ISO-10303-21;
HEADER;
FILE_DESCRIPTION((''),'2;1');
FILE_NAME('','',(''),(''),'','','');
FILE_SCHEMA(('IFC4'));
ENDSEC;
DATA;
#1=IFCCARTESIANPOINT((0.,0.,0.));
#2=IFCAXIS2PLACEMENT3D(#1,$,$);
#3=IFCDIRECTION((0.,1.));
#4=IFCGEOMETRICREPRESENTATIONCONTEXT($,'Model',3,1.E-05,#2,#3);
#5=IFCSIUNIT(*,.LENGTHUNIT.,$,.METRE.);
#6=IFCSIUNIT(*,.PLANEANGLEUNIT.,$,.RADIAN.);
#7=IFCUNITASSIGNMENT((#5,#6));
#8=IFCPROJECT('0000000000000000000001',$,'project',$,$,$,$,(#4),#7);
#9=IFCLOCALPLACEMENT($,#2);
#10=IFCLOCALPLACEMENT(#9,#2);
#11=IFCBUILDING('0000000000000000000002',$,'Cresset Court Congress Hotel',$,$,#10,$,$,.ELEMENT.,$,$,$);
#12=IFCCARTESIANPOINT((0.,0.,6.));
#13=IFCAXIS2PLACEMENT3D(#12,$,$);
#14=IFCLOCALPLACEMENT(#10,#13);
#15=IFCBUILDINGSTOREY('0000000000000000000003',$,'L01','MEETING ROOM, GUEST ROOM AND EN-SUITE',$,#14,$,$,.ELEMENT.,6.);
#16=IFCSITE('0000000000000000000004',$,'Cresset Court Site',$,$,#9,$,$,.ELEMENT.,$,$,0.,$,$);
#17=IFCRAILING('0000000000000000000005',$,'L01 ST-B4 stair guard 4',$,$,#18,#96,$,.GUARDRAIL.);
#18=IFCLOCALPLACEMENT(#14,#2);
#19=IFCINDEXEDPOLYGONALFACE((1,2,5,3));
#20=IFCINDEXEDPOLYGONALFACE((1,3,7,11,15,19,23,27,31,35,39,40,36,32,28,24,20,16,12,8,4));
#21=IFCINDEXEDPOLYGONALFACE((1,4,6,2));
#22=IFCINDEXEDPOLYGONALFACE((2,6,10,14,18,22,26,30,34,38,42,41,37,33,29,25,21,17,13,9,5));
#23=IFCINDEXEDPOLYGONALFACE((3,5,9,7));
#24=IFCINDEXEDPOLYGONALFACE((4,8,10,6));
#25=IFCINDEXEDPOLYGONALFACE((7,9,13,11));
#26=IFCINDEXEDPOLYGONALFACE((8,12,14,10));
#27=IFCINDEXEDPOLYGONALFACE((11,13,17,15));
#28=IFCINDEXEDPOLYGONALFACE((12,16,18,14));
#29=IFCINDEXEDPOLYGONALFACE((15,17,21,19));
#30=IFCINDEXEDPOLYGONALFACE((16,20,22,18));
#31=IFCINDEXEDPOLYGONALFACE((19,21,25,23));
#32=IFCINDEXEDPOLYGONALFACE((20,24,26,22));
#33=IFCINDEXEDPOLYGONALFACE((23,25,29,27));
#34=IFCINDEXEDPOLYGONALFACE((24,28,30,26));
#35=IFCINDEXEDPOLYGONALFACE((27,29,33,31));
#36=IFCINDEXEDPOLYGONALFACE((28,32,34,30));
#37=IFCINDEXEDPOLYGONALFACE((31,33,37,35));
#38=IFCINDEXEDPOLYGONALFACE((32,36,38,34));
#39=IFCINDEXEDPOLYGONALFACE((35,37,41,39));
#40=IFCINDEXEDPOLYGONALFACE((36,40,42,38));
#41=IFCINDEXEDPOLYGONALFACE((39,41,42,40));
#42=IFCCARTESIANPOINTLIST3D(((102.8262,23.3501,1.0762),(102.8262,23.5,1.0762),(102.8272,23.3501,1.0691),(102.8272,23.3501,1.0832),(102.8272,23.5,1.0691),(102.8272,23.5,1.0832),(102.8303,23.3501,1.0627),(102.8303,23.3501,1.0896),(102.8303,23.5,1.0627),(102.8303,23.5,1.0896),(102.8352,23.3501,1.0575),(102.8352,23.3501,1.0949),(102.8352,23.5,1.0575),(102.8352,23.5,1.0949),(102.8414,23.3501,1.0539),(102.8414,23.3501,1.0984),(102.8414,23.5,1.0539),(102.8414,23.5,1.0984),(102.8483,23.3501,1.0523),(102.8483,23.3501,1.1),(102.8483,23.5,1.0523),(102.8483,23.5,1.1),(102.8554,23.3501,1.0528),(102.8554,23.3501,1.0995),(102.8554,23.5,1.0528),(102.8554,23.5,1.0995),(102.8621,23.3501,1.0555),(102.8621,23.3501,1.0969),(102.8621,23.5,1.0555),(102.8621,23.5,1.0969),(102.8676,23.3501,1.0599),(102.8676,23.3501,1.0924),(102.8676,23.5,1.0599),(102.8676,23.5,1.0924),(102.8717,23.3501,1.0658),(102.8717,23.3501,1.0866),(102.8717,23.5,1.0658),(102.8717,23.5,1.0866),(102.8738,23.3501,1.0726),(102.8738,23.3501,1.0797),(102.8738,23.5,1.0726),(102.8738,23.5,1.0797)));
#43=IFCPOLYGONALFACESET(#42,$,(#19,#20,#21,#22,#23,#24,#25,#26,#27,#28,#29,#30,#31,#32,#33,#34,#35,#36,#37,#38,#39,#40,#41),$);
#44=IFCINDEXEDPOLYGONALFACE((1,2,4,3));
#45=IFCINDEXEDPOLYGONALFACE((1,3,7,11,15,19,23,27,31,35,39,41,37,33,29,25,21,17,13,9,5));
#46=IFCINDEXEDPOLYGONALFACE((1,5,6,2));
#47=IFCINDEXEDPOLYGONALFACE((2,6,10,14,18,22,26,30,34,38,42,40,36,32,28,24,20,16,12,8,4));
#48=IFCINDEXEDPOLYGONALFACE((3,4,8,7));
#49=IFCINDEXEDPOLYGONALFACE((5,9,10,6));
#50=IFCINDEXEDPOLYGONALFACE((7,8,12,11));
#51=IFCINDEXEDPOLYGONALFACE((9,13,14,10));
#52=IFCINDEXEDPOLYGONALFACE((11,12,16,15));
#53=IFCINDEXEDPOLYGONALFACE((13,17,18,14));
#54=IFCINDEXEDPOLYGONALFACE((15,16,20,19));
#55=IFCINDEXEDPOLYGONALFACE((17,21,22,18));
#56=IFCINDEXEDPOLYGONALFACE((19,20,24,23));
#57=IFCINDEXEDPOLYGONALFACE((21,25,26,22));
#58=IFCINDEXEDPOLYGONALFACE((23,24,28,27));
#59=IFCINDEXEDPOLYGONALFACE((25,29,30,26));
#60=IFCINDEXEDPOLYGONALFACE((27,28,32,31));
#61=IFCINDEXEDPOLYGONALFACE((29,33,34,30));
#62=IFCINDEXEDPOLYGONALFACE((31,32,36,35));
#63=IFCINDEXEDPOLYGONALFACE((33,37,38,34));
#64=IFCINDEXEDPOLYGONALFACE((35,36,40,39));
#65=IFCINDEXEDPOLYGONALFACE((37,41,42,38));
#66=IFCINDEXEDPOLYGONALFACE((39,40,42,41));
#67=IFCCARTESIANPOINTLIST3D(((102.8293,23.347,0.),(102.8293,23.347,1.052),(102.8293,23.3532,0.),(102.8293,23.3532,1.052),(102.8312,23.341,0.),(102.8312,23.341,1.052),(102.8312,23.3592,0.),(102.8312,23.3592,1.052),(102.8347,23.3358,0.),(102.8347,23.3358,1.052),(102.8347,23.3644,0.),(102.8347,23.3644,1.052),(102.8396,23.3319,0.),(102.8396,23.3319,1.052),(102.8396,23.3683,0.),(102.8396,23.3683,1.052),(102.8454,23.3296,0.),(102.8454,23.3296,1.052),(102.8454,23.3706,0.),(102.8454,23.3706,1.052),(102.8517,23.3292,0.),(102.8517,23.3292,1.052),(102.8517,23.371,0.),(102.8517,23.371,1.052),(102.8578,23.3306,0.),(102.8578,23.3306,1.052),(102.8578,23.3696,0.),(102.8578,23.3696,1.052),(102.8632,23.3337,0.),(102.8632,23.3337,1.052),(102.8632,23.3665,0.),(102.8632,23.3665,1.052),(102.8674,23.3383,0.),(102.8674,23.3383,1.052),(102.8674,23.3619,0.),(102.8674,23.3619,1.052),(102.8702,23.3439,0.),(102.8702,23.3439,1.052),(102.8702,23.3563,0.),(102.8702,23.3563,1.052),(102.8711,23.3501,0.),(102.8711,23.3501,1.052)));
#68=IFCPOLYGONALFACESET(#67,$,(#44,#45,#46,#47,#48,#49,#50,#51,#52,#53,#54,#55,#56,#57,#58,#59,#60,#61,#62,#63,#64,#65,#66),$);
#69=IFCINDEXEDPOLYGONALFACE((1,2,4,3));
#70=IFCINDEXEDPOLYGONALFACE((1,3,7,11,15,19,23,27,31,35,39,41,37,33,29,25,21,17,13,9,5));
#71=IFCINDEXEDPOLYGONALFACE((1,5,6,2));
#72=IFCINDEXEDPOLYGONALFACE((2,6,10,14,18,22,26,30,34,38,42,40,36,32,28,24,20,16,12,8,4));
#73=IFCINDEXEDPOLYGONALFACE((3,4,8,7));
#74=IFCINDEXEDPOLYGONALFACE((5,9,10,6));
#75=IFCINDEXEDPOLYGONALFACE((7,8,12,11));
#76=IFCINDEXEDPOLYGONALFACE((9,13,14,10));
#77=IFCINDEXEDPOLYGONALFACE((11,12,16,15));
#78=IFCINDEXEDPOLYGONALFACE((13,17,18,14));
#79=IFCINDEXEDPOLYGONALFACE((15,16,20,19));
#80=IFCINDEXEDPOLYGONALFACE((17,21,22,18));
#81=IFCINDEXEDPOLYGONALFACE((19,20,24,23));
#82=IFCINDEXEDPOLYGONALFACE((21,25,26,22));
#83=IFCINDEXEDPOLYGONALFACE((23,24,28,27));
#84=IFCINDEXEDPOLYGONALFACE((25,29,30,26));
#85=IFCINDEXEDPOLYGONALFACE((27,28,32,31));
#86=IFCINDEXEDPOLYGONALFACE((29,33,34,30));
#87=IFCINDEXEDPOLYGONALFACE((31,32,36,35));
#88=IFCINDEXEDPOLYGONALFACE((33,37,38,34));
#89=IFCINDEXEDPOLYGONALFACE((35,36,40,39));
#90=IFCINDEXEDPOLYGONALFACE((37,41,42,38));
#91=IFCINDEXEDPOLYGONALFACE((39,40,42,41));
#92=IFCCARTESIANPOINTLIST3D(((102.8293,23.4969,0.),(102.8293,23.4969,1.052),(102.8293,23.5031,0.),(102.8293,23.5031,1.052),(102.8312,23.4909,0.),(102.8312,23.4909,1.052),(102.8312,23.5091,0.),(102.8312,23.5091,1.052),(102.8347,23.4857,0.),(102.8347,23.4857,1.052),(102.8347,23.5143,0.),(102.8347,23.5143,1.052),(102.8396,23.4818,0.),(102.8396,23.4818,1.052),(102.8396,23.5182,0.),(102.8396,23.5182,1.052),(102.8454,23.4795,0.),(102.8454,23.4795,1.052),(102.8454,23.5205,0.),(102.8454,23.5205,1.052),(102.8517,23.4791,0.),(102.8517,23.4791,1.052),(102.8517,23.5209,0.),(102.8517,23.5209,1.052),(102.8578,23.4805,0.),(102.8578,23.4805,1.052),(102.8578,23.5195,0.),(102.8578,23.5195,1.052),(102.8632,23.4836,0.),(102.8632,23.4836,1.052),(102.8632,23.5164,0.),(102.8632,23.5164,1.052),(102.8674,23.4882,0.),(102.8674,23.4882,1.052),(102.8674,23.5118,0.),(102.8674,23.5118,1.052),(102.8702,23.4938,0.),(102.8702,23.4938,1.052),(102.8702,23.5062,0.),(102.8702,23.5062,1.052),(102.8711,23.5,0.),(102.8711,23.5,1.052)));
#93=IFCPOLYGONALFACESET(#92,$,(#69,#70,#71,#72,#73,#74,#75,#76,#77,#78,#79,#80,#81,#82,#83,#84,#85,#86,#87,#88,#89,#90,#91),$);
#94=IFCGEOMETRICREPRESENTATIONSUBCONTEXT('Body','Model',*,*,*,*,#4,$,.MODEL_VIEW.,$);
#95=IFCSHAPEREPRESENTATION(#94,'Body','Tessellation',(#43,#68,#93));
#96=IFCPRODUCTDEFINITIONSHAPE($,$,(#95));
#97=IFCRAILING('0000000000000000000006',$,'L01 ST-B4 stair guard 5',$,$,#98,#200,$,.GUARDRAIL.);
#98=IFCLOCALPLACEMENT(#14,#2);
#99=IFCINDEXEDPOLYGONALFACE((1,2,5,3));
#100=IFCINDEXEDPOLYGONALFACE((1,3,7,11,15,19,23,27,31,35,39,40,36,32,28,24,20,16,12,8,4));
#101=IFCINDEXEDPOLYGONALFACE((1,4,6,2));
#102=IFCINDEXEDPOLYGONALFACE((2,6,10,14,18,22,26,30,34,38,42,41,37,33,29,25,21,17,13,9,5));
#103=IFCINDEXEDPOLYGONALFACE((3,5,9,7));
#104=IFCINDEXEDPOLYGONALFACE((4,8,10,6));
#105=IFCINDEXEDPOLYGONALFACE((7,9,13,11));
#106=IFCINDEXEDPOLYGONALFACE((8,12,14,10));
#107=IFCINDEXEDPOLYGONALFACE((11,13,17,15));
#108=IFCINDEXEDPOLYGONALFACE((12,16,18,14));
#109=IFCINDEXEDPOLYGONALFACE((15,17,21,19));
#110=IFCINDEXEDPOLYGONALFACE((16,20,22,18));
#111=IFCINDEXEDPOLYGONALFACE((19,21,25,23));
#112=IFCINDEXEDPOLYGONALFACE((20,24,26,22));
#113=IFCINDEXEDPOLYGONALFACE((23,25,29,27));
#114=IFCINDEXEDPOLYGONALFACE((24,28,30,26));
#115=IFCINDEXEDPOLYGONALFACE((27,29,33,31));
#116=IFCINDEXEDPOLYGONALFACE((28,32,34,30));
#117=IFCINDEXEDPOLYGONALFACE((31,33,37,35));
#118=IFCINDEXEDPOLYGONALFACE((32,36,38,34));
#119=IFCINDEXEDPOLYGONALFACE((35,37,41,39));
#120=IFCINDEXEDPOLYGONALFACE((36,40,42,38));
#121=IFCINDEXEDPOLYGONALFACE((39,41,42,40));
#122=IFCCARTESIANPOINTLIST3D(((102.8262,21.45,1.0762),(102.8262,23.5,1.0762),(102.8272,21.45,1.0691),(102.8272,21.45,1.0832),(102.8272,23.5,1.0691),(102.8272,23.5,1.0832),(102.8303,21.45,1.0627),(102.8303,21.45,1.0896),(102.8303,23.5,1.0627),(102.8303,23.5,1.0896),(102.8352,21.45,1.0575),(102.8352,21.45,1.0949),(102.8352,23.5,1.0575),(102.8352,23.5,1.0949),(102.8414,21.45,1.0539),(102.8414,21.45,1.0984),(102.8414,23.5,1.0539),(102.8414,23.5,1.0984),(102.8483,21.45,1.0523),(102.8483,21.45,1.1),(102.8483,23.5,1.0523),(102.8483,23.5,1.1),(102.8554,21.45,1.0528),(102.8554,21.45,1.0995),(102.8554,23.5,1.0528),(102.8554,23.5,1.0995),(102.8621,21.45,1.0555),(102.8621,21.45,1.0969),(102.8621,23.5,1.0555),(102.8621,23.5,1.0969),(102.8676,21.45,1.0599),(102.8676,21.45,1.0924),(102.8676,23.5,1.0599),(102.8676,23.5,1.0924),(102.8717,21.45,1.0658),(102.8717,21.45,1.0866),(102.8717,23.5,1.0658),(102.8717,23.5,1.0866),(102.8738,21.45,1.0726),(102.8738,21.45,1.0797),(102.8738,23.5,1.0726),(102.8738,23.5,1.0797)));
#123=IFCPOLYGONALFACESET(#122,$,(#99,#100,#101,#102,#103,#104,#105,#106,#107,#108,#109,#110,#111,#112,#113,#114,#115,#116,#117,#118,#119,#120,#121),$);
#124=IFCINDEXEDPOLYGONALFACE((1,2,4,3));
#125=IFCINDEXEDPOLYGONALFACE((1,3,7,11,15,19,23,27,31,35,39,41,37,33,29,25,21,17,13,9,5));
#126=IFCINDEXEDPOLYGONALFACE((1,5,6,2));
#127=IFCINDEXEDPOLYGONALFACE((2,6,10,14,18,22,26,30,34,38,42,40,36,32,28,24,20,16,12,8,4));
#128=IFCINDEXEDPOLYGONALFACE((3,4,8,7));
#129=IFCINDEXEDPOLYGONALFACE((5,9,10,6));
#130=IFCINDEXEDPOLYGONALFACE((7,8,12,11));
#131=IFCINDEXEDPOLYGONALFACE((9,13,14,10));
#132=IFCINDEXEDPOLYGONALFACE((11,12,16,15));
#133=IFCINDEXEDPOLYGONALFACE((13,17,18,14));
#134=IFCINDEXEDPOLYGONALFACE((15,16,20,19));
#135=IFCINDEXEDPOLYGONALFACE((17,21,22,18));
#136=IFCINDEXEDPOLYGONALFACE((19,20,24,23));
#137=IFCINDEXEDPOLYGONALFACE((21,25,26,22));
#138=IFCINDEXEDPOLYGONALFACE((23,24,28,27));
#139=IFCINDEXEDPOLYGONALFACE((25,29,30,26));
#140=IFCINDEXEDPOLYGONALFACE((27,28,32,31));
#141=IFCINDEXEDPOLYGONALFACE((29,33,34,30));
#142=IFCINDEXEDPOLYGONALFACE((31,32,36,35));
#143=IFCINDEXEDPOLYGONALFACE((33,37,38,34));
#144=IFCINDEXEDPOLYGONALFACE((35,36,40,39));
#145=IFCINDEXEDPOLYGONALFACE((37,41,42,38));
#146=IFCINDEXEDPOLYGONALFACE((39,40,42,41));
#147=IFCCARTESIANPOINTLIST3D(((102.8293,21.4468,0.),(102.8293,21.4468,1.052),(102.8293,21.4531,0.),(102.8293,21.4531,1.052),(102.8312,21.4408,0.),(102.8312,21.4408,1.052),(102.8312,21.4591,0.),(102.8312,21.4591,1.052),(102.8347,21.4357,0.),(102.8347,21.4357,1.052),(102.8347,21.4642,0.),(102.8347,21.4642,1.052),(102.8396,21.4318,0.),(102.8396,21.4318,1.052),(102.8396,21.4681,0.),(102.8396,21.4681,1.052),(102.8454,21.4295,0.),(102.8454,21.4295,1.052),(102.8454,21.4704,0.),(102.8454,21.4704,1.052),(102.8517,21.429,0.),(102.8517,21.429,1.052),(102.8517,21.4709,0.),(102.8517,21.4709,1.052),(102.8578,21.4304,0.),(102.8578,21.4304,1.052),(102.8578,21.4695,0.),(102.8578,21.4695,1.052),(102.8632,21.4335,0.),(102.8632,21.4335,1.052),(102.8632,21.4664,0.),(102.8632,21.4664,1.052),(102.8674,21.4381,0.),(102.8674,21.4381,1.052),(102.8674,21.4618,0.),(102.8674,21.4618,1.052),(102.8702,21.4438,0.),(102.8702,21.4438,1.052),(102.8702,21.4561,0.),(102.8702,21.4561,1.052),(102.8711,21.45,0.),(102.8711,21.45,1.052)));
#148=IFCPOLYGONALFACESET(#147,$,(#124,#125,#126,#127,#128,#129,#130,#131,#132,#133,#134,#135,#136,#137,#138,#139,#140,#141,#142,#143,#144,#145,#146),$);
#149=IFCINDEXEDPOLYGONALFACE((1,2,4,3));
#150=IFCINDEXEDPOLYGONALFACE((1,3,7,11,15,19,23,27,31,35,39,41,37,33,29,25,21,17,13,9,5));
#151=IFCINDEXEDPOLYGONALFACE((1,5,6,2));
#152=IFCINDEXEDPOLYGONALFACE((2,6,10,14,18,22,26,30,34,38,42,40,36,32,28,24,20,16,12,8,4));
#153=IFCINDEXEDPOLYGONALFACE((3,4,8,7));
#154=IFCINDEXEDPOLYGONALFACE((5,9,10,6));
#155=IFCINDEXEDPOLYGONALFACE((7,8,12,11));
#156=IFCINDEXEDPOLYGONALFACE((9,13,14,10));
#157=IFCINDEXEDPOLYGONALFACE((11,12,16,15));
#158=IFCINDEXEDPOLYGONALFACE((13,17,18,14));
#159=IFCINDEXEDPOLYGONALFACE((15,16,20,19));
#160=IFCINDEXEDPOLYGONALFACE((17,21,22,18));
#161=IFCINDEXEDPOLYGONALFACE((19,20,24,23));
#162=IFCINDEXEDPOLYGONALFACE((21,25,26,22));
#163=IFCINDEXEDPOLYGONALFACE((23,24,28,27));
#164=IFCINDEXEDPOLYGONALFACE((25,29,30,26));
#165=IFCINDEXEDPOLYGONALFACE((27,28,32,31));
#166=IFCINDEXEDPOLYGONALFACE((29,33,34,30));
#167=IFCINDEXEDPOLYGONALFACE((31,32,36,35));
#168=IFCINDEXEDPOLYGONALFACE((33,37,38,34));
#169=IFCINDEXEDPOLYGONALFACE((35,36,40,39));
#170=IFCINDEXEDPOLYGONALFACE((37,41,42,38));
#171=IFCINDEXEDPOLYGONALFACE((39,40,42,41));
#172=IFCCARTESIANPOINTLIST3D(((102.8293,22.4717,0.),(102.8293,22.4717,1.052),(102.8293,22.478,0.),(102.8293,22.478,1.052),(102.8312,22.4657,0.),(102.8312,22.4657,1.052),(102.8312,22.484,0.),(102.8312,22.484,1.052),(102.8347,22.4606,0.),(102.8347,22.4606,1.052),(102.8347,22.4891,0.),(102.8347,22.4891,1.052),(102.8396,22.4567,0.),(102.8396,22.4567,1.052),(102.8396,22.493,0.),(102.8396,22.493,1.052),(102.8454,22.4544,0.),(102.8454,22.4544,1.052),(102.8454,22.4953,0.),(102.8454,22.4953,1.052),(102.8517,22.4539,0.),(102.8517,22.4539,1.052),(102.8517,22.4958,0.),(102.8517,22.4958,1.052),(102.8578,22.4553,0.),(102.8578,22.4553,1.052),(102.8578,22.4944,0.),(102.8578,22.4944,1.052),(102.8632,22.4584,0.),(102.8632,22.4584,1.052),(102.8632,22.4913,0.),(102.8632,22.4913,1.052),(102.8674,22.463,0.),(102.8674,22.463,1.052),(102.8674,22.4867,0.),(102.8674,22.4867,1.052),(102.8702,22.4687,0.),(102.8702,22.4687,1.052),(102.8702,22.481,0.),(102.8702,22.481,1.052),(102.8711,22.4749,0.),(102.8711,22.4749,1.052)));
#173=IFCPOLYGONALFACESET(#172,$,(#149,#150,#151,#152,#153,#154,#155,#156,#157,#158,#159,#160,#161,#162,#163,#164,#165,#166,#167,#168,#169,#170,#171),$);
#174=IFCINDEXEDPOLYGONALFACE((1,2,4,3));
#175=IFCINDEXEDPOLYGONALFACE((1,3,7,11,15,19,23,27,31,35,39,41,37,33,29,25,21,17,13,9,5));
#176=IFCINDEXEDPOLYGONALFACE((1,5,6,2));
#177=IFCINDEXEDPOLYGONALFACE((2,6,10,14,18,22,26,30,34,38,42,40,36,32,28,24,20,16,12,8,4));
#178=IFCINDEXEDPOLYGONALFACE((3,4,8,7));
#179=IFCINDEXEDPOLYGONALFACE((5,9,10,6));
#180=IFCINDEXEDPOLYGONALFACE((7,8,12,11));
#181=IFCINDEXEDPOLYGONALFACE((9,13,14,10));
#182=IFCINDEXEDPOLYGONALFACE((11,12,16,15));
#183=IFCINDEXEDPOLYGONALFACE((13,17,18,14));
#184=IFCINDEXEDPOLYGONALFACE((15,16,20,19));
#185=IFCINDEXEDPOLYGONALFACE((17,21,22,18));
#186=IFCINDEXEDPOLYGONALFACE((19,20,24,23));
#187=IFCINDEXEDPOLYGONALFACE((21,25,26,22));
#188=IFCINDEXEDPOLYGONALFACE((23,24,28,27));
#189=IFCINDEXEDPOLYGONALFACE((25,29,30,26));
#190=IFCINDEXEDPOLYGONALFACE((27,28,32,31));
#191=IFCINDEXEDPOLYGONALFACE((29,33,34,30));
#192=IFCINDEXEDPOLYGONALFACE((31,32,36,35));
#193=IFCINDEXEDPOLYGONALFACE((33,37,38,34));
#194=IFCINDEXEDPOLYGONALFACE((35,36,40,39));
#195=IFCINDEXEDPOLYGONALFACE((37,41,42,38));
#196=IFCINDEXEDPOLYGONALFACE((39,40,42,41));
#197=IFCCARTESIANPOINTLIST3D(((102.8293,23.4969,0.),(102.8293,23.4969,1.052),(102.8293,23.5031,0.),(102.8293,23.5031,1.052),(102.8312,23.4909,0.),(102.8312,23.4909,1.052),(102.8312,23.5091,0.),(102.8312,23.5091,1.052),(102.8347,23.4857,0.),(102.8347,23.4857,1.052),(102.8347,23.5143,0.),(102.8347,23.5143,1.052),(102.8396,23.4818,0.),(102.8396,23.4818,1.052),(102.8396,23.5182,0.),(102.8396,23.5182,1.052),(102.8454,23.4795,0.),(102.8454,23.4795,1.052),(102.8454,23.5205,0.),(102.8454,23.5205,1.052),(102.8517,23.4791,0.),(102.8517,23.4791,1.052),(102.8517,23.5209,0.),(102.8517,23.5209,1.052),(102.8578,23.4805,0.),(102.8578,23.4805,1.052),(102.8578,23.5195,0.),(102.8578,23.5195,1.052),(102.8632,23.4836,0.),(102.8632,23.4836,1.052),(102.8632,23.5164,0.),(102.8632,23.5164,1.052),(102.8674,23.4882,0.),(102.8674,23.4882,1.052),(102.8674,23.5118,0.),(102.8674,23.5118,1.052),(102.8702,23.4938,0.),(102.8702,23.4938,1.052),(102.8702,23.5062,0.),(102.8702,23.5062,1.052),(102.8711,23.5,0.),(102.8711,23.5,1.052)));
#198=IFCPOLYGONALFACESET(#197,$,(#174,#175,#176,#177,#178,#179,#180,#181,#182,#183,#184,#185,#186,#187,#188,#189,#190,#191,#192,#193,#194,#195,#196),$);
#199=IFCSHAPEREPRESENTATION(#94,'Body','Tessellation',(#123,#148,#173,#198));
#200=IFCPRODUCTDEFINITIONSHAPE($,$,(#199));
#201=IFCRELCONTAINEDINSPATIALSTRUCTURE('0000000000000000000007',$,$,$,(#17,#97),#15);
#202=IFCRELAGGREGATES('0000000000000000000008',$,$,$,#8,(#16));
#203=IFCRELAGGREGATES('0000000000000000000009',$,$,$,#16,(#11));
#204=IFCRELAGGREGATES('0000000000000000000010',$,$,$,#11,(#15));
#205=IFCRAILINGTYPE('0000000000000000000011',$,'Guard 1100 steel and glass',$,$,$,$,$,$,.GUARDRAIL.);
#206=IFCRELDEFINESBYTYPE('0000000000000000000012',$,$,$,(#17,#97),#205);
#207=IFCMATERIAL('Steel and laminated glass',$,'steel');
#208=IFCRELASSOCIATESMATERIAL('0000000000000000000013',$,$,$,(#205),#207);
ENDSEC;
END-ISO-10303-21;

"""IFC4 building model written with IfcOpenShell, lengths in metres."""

from ifc_helpers import new_model, si_unit, direction, frame, origin, origin_2d, place, context, subcontext, project, spatial, circle, extrude, material, type_object, element, save


model = new_model("IFC4")

# Units and contexts
model_context = context("Model", 3, precision=1e-05, world=origin(), true_north=direction((0.0, 1.0)))
body_context = subcontext(model_context, "Body", "Model", "MODEL_VIEW")
ifc_project = project(units=[si_unit("LENGTHUNIT", "METRE"), si_unit("PLANEANGLEUNIT", "RADIAN")], contexts=[model_context])

# Site, building, storey
site_placement = place(None, origin())
site = spatial("IfcSite", under=ifc_project, at=site_placement, Name="Cresset Court Site", CompositionType="ELEMENT", RefElevation=0.0)
building_placement = place(site_placement, origin())
building = spatial("IfcBuilding", under=site, at=building_placement, Name="Cresset Court Congress Hotel", CompositionType="ELEMENT")
storey_placement = place(building_placement, frame((0.0, 0.0, 6.0)))
storey = spatial("IfcBuildingStorey", under=building, at=storey_placement, Name="L01", Description="MEETING ROOM, GUEST ROOM AND EN-SUITE", CompositionType="ELEMENT", Elevation=6.0)

# Railings
ifc_material_1 = material(Name="Steel and laminated glass", Category="steel")
railing_type_1 = type_object("IfcRailingType", Name="Guard 1100 steel and glass", PredefinedType="GUARDRAIL", material=ifc_material_1)
railing_1_placement = place(storey_placement, frame((102.8501, 23.3501, 0.0)))
element("IfcRailing", 1, at=railing_1_placement, inside=storey, type_object=railing_type_1, Name="L01 ST-B4 stair guard 4", PredefinedType="GUARDRAIL", context=body_context, shape_type="SweptSolid", body=[
    extrude(circle(Radius=0.0239, at=origin_2d()), frame((0.0, 0.0, 1.0762), z_axis=(0.0, 1.0, 0.0), x_axis=(-1.0, 0.0, 0.0)), (0.0, 0.0, 1.0), 0.1499),
    extrude(circle(Radius=0.021, at=origin_2d()), origin(), (0.0, 0.0, 1.0), 1.052),
    extrude(circle(Radius=0.021, at=origin_2d()), frame((0.0, 0.1499, 0.0)), (0.0, 0.0, 1.0), 1.052),
])
railing_2_placement = place(storey_placement, frame((102.8501, 21.45, 0.0)))
element("IfcRailing", 2, at=railing_2_placement, inside=storey, type_object=railing_type_1, Name="L01 ST-B4 stair guard 5", PredefinedType="GUARDRAIL", context=body_context, shape_type="SweptSolid", body=[
    extrude(circle(Radius=0.0239, at=origin_2d()), frame((0.0, 0.0, 1.0762), z_axis=(0.0, 1.0, 0.0), x_axis=(-1.0, 0.0, 0.0)), (0.0, 0.0, 1.0), 2.05),
    extrude(circle(Radius=0.021, at=origin_2d()), origin(), (0.0, 0.0, 1.0), 1.052),
    extrude(circle(Radius=0.021, at=origin_2d()), frame((0.0, 1.0249, 0.0)), (0.0, 0.0, 1.0), 1.052),
    extrude(circle(Radius=0.021, at=origin_2d()), frame((0.0, 2.05, 0.0)), (0.0, 0.0, 1.0), 1.052),
])

save(model, "model.ifc")
